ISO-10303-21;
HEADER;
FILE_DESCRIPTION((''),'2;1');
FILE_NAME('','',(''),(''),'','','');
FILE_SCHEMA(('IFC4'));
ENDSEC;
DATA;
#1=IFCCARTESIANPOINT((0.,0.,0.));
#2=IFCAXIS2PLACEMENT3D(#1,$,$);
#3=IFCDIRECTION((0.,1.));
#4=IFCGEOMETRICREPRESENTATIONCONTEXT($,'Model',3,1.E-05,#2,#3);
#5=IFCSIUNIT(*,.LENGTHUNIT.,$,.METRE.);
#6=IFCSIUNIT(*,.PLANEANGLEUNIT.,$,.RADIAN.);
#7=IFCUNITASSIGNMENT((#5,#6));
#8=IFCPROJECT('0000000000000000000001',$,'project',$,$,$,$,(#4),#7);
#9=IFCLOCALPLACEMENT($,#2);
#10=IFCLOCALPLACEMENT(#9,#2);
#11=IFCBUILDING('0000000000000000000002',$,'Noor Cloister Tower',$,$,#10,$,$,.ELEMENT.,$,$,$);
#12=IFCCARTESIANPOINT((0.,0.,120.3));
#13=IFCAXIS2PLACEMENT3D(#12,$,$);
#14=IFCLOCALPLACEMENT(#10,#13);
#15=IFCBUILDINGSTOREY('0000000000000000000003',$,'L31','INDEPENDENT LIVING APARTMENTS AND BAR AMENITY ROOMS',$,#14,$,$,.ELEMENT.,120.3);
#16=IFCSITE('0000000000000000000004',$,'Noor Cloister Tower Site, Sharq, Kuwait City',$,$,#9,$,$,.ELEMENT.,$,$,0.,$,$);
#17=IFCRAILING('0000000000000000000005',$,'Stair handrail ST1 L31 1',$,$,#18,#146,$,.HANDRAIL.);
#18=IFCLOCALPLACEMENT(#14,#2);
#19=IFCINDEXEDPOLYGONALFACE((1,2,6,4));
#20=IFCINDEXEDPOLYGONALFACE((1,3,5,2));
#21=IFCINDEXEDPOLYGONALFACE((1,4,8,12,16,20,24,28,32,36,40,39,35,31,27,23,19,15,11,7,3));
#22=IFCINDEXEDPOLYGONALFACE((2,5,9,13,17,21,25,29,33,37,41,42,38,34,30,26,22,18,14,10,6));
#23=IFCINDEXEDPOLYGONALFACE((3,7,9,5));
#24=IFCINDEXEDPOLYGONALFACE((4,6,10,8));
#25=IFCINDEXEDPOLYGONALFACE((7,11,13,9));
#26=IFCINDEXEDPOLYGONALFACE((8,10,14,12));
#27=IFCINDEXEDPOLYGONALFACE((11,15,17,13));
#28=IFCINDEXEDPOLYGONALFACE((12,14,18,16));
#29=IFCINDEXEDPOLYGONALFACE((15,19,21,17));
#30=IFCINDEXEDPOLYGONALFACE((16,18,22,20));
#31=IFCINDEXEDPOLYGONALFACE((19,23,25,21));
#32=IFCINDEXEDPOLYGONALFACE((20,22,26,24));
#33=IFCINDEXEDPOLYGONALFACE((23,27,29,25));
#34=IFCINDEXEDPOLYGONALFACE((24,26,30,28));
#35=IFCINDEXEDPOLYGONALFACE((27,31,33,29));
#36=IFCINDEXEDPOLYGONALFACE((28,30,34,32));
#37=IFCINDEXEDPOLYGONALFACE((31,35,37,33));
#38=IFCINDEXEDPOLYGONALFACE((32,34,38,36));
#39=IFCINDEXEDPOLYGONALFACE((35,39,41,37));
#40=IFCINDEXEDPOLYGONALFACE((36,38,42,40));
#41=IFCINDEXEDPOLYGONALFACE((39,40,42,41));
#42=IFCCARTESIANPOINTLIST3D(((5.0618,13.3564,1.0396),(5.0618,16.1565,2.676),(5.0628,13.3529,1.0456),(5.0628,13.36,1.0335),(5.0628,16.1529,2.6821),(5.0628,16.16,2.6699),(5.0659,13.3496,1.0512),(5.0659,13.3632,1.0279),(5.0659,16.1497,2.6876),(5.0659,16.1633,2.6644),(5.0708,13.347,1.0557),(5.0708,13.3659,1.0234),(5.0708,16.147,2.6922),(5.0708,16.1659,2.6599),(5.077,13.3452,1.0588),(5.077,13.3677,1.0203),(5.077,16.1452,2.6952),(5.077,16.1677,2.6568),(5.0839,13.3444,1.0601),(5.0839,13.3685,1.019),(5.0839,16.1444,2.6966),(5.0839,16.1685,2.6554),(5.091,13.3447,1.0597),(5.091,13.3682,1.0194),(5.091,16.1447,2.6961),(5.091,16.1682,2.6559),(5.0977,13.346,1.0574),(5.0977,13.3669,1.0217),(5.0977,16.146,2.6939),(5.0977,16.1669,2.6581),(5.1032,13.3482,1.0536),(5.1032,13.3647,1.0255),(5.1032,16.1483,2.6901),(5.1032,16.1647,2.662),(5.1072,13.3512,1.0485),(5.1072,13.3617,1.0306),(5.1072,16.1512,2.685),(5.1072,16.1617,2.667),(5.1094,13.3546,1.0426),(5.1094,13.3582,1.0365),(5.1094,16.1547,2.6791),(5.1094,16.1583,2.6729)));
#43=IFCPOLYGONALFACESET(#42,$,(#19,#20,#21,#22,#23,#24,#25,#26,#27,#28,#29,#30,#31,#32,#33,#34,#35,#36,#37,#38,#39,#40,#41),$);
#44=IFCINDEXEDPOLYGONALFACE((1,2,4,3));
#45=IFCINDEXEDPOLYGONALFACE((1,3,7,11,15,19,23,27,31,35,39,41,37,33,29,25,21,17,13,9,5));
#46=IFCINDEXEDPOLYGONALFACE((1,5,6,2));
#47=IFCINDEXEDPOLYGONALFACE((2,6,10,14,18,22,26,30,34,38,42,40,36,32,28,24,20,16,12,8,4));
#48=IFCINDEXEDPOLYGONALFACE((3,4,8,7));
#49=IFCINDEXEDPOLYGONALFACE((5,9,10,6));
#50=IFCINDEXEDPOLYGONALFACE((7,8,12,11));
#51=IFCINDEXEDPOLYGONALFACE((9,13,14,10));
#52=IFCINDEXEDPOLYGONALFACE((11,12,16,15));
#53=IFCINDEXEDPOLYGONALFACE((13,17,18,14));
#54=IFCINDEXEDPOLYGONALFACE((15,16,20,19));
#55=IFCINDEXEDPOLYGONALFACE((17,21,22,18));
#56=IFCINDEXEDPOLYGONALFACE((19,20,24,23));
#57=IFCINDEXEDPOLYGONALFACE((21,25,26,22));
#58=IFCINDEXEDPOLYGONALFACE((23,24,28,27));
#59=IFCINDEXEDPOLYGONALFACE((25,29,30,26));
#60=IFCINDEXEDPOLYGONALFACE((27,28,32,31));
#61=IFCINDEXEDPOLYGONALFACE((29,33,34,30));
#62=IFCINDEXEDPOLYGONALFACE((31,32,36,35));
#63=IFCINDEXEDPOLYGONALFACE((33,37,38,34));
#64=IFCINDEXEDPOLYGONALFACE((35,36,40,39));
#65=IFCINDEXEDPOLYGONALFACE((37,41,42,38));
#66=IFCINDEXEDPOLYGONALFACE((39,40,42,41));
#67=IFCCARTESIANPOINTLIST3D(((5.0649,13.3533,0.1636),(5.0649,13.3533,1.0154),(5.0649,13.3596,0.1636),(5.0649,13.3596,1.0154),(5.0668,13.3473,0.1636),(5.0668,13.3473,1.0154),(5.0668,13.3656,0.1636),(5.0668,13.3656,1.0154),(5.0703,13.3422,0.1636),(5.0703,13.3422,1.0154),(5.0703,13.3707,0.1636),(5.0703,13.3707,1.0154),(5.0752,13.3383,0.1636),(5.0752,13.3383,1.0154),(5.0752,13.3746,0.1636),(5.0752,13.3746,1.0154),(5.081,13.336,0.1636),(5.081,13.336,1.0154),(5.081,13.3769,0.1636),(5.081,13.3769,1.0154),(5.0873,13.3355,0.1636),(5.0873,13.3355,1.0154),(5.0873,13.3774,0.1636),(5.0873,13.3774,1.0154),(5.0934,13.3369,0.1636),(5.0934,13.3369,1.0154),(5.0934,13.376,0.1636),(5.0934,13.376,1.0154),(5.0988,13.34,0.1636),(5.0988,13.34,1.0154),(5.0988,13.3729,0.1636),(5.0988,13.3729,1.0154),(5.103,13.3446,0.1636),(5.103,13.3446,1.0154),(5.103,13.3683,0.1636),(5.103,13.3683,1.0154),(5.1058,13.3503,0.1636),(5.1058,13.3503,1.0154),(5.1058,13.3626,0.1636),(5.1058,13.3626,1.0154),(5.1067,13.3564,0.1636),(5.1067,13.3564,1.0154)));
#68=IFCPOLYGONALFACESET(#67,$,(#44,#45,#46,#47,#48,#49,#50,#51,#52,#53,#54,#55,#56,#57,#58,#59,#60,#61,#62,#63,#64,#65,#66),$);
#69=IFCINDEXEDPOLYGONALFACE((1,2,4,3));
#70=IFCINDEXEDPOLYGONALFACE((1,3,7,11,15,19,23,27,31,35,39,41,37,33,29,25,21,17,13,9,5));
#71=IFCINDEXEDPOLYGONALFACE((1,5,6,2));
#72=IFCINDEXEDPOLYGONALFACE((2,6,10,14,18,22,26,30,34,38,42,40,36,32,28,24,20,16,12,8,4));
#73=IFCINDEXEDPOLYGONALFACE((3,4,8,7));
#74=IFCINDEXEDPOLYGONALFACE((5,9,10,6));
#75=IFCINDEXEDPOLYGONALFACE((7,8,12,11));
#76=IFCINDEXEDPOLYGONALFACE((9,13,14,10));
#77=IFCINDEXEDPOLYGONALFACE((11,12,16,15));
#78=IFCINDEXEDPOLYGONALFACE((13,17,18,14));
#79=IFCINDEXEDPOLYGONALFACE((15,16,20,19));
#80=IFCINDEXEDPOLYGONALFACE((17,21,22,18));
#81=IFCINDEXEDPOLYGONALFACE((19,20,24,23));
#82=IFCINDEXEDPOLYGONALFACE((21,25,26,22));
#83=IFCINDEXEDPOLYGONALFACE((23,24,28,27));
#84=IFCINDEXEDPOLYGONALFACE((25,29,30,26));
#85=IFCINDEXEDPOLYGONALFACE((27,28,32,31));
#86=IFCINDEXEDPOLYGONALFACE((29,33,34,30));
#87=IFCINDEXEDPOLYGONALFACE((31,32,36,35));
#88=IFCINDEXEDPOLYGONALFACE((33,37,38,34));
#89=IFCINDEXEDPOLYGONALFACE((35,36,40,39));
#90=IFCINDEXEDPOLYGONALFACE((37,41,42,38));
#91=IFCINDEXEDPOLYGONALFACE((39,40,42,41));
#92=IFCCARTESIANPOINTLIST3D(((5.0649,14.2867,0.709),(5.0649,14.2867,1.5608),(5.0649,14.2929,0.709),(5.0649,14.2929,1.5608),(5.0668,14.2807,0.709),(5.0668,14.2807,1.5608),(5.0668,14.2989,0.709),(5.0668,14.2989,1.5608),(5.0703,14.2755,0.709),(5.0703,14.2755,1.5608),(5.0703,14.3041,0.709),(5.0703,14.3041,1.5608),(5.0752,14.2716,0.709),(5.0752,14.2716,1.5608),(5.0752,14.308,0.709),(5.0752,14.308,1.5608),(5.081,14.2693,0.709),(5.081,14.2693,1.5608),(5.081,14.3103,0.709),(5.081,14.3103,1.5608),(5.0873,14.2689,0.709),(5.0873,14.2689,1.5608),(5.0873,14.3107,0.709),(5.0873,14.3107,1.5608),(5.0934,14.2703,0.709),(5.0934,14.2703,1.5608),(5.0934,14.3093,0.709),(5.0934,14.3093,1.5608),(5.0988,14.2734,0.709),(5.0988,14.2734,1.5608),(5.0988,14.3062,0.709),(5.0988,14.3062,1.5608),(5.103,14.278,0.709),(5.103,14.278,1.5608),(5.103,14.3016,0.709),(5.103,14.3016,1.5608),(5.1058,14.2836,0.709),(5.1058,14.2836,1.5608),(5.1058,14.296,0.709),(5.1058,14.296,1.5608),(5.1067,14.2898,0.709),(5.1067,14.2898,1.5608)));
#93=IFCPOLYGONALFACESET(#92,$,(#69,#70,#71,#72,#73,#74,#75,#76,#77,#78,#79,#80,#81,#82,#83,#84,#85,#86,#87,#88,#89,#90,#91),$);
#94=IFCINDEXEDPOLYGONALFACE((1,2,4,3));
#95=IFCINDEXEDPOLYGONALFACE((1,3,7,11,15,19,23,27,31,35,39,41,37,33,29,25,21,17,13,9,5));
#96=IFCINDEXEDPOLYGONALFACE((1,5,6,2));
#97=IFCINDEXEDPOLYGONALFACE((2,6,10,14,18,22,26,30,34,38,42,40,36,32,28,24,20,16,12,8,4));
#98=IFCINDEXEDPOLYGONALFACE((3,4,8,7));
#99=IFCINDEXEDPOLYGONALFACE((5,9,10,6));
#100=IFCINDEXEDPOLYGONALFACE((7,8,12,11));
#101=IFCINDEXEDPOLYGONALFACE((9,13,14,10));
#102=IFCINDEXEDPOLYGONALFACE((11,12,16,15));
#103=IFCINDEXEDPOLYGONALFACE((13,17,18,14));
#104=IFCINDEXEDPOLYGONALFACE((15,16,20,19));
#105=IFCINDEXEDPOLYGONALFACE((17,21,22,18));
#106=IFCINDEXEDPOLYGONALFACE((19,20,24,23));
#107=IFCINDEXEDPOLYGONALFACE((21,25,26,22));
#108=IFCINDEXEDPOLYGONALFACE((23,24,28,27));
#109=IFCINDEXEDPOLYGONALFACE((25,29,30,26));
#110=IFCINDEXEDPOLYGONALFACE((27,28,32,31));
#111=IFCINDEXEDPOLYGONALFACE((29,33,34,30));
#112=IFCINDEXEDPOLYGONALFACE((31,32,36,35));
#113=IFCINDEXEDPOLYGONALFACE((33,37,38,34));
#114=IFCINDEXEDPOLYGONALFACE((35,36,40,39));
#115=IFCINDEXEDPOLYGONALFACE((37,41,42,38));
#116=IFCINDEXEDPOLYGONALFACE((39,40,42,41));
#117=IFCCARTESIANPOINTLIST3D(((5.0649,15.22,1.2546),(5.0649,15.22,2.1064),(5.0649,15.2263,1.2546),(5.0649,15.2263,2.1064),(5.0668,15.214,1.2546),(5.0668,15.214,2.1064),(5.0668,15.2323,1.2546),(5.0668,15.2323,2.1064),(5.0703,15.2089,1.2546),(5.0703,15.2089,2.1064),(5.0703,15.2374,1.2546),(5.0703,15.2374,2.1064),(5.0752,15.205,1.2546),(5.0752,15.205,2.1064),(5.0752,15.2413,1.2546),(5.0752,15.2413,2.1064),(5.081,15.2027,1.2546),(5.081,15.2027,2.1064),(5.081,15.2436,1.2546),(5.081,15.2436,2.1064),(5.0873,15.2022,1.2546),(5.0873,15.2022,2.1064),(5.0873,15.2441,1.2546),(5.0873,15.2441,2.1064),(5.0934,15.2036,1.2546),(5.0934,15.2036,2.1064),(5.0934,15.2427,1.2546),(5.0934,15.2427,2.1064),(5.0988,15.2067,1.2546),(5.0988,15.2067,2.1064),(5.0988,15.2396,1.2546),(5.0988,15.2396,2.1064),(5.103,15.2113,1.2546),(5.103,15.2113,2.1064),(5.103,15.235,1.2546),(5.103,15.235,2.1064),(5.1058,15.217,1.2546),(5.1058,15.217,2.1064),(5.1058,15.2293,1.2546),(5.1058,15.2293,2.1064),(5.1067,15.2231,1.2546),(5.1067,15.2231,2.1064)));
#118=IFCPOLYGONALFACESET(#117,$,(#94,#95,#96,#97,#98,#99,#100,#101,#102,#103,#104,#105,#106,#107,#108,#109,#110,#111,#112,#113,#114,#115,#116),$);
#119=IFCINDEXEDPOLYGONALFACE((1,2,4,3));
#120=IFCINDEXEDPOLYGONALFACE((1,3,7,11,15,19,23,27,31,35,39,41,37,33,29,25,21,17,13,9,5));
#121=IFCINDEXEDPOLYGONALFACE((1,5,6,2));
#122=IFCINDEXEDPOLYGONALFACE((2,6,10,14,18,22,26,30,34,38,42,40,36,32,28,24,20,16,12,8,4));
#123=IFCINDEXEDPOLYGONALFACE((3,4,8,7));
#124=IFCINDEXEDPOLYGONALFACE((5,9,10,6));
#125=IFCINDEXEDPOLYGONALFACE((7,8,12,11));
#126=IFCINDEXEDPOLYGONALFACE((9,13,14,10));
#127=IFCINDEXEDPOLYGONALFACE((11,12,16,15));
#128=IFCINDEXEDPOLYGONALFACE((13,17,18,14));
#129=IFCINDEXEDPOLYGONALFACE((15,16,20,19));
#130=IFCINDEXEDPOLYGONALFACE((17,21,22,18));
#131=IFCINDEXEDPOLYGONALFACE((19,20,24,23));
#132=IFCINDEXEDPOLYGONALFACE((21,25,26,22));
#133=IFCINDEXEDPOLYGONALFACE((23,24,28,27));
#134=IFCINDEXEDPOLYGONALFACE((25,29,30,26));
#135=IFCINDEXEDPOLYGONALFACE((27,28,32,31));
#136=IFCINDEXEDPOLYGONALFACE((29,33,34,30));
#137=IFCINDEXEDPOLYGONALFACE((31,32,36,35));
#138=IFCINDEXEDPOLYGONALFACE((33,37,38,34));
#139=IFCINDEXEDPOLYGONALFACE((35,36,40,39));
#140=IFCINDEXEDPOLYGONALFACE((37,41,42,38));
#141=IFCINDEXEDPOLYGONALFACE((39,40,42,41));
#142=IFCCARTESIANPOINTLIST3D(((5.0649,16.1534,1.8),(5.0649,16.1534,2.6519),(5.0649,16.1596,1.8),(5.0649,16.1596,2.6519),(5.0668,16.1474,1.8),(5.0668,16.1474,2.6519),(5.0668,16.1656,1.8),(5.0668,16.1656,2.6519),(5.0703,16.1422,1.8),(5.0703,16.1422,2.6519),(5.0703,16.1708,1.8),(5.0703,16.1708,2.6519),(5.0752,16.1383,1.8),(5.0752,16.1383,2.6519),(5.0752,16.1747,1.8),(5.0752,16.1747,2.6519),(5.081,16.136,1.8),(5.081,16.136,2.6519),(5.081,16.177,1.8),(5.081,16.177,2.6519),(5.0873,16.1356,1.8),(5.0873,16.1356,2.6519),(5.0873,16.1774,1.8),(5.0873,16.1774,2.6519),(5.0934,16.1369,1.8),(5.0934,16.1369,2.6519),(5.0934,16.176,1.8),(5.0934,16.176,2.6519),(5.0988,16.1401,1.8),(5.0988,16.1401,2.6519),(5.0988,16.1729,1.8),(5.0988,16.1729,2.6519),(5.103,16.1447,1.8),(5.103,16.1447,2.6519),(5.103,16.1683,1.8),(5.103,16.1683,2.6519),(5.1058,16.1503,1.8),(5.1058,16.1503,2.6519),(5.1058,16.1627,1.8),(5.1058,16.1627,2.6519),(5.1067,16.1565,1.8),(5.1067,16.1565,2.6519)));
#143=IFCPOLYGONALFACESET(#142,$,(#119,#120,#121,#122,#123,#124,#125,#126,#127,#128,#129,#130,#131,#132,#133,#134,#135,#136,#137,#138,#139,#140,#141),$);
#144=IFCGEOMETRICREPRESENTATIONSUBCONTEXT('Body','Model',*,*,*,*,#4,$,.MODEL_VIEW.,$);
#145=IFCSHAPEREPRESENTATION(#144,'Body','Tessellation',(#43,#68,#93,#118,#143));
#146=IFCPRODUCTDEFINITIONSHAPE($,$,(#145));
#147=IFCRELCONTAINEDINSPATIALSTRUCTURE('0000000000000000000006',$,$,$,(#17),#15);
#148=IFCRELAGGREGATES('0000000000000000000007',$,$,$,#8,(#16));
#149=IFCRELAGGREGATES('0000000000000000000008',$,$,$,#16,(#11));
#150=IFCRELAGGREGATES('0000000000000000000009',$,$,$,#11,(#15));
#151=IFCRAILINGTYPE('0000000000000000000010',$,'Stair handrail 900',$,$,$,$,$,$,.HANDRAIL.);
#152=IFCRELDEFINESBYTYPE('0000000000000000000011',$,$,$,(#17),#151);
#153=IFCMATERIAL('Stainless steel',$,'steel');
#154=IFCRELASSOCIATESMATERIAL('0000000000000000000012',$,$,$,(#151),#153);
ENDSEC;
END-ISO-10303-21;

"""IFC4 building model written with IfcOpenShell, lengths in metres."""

from ifc_helpers import new_model, si_unit, direction, frame, origin, origin_2d, place, context, subcontext, project, spatial, circle, extrude, material, type_object, element, save


model = new_model("IFC4")

# Units and contexts
model_context = context("Model", 3, precision=1e-05, world=origin(), true_north=direction((0.0, 1.0)))
body_context = subcontext(model_context, "Body", "Model", "MODEL_VIEW")
ifc_project = project(units=[si_unit("LENGTHUNIT", "METRE"), si_unit("PLANEANGLEUNIT", "RADIAN")], contexts=[model_context])

# Site, building, storey
site_placement = place(None, origin())
site = spatial("IfcSite", under=ifc_project, at=site_placement, Name="Noor Cloister Tower Site, Sharq, Kuwait City", CompositionType="ELEMENT", RefElevation=0.0)
building_placement = place(site_placement, origin())
building = spatial("IfcBuilding", under=site, at=building_placement, Name="Noor Cloister Tower", CompositionType="ELEMENT")
storey_placement = place(building_placement, frame((0.0, 0.0, 120.3)))
storey = spatial("IfcBuildingStorey", under=building, at=storey_placement, Name="L31", Description="INDEPENDENT LIVING APARTMENTS AND BAR AMENITY ROOMS", CompositionType="ELEMENT", Elevation=120.3)

# Railing
ifc_material_1 = material(Name="Stainless steel", Category="steel")
railing_type_1 = type_object("IfcRailingType", Name="Stair handrail 900", PredefinedType="HANDRAIL", material=ifc_material_1)
railing_1_placement = place(storey_placement, frame((5.0857, 13.3564, 0.1636)))
element("IfcRailing", 1, at=railing_1_placement, inside=storey, type_object=railing_type_1, Name="Stair handrail ST1 L31 1", PredefinedType="HANDRAIL", context=body_context, shape_type="SweptSolid", body=[
    extrude(circle(Radius=0.0239, at=origin_2d()), frame((0.0, 0.0, 0.876), z_axis=(0.0, 0.863361, 0.504587), x_axis=(-1.0, 0.0, 0.0)), (0.0, 0.0, 1.0), 3.2432),
    extrude(circle(Radius=0.021, at=origin_2d()), origin(), (0.0, 0.0, 1.0), 0.8518),
    extrude(circle(Radius=0.021, at=origin_2d()), frame((0.0, 0.9333, 0.5454)), (0.0, 0.0, 1.0), 0.8518),
    extrude(circle(Radius=0.021, at=origin_2d()), frame((0.0, 1.8667, 1.0911)), (0.0, 0.0, 1.0), 0.8518),
    extrude(circle(Radius=0.021, at=origin_2d()), frame((0.0, 2.8, 1.6365)), (0.0, 0.0, 1.0), 0.8518),
])

save(model, "model.ifc")
